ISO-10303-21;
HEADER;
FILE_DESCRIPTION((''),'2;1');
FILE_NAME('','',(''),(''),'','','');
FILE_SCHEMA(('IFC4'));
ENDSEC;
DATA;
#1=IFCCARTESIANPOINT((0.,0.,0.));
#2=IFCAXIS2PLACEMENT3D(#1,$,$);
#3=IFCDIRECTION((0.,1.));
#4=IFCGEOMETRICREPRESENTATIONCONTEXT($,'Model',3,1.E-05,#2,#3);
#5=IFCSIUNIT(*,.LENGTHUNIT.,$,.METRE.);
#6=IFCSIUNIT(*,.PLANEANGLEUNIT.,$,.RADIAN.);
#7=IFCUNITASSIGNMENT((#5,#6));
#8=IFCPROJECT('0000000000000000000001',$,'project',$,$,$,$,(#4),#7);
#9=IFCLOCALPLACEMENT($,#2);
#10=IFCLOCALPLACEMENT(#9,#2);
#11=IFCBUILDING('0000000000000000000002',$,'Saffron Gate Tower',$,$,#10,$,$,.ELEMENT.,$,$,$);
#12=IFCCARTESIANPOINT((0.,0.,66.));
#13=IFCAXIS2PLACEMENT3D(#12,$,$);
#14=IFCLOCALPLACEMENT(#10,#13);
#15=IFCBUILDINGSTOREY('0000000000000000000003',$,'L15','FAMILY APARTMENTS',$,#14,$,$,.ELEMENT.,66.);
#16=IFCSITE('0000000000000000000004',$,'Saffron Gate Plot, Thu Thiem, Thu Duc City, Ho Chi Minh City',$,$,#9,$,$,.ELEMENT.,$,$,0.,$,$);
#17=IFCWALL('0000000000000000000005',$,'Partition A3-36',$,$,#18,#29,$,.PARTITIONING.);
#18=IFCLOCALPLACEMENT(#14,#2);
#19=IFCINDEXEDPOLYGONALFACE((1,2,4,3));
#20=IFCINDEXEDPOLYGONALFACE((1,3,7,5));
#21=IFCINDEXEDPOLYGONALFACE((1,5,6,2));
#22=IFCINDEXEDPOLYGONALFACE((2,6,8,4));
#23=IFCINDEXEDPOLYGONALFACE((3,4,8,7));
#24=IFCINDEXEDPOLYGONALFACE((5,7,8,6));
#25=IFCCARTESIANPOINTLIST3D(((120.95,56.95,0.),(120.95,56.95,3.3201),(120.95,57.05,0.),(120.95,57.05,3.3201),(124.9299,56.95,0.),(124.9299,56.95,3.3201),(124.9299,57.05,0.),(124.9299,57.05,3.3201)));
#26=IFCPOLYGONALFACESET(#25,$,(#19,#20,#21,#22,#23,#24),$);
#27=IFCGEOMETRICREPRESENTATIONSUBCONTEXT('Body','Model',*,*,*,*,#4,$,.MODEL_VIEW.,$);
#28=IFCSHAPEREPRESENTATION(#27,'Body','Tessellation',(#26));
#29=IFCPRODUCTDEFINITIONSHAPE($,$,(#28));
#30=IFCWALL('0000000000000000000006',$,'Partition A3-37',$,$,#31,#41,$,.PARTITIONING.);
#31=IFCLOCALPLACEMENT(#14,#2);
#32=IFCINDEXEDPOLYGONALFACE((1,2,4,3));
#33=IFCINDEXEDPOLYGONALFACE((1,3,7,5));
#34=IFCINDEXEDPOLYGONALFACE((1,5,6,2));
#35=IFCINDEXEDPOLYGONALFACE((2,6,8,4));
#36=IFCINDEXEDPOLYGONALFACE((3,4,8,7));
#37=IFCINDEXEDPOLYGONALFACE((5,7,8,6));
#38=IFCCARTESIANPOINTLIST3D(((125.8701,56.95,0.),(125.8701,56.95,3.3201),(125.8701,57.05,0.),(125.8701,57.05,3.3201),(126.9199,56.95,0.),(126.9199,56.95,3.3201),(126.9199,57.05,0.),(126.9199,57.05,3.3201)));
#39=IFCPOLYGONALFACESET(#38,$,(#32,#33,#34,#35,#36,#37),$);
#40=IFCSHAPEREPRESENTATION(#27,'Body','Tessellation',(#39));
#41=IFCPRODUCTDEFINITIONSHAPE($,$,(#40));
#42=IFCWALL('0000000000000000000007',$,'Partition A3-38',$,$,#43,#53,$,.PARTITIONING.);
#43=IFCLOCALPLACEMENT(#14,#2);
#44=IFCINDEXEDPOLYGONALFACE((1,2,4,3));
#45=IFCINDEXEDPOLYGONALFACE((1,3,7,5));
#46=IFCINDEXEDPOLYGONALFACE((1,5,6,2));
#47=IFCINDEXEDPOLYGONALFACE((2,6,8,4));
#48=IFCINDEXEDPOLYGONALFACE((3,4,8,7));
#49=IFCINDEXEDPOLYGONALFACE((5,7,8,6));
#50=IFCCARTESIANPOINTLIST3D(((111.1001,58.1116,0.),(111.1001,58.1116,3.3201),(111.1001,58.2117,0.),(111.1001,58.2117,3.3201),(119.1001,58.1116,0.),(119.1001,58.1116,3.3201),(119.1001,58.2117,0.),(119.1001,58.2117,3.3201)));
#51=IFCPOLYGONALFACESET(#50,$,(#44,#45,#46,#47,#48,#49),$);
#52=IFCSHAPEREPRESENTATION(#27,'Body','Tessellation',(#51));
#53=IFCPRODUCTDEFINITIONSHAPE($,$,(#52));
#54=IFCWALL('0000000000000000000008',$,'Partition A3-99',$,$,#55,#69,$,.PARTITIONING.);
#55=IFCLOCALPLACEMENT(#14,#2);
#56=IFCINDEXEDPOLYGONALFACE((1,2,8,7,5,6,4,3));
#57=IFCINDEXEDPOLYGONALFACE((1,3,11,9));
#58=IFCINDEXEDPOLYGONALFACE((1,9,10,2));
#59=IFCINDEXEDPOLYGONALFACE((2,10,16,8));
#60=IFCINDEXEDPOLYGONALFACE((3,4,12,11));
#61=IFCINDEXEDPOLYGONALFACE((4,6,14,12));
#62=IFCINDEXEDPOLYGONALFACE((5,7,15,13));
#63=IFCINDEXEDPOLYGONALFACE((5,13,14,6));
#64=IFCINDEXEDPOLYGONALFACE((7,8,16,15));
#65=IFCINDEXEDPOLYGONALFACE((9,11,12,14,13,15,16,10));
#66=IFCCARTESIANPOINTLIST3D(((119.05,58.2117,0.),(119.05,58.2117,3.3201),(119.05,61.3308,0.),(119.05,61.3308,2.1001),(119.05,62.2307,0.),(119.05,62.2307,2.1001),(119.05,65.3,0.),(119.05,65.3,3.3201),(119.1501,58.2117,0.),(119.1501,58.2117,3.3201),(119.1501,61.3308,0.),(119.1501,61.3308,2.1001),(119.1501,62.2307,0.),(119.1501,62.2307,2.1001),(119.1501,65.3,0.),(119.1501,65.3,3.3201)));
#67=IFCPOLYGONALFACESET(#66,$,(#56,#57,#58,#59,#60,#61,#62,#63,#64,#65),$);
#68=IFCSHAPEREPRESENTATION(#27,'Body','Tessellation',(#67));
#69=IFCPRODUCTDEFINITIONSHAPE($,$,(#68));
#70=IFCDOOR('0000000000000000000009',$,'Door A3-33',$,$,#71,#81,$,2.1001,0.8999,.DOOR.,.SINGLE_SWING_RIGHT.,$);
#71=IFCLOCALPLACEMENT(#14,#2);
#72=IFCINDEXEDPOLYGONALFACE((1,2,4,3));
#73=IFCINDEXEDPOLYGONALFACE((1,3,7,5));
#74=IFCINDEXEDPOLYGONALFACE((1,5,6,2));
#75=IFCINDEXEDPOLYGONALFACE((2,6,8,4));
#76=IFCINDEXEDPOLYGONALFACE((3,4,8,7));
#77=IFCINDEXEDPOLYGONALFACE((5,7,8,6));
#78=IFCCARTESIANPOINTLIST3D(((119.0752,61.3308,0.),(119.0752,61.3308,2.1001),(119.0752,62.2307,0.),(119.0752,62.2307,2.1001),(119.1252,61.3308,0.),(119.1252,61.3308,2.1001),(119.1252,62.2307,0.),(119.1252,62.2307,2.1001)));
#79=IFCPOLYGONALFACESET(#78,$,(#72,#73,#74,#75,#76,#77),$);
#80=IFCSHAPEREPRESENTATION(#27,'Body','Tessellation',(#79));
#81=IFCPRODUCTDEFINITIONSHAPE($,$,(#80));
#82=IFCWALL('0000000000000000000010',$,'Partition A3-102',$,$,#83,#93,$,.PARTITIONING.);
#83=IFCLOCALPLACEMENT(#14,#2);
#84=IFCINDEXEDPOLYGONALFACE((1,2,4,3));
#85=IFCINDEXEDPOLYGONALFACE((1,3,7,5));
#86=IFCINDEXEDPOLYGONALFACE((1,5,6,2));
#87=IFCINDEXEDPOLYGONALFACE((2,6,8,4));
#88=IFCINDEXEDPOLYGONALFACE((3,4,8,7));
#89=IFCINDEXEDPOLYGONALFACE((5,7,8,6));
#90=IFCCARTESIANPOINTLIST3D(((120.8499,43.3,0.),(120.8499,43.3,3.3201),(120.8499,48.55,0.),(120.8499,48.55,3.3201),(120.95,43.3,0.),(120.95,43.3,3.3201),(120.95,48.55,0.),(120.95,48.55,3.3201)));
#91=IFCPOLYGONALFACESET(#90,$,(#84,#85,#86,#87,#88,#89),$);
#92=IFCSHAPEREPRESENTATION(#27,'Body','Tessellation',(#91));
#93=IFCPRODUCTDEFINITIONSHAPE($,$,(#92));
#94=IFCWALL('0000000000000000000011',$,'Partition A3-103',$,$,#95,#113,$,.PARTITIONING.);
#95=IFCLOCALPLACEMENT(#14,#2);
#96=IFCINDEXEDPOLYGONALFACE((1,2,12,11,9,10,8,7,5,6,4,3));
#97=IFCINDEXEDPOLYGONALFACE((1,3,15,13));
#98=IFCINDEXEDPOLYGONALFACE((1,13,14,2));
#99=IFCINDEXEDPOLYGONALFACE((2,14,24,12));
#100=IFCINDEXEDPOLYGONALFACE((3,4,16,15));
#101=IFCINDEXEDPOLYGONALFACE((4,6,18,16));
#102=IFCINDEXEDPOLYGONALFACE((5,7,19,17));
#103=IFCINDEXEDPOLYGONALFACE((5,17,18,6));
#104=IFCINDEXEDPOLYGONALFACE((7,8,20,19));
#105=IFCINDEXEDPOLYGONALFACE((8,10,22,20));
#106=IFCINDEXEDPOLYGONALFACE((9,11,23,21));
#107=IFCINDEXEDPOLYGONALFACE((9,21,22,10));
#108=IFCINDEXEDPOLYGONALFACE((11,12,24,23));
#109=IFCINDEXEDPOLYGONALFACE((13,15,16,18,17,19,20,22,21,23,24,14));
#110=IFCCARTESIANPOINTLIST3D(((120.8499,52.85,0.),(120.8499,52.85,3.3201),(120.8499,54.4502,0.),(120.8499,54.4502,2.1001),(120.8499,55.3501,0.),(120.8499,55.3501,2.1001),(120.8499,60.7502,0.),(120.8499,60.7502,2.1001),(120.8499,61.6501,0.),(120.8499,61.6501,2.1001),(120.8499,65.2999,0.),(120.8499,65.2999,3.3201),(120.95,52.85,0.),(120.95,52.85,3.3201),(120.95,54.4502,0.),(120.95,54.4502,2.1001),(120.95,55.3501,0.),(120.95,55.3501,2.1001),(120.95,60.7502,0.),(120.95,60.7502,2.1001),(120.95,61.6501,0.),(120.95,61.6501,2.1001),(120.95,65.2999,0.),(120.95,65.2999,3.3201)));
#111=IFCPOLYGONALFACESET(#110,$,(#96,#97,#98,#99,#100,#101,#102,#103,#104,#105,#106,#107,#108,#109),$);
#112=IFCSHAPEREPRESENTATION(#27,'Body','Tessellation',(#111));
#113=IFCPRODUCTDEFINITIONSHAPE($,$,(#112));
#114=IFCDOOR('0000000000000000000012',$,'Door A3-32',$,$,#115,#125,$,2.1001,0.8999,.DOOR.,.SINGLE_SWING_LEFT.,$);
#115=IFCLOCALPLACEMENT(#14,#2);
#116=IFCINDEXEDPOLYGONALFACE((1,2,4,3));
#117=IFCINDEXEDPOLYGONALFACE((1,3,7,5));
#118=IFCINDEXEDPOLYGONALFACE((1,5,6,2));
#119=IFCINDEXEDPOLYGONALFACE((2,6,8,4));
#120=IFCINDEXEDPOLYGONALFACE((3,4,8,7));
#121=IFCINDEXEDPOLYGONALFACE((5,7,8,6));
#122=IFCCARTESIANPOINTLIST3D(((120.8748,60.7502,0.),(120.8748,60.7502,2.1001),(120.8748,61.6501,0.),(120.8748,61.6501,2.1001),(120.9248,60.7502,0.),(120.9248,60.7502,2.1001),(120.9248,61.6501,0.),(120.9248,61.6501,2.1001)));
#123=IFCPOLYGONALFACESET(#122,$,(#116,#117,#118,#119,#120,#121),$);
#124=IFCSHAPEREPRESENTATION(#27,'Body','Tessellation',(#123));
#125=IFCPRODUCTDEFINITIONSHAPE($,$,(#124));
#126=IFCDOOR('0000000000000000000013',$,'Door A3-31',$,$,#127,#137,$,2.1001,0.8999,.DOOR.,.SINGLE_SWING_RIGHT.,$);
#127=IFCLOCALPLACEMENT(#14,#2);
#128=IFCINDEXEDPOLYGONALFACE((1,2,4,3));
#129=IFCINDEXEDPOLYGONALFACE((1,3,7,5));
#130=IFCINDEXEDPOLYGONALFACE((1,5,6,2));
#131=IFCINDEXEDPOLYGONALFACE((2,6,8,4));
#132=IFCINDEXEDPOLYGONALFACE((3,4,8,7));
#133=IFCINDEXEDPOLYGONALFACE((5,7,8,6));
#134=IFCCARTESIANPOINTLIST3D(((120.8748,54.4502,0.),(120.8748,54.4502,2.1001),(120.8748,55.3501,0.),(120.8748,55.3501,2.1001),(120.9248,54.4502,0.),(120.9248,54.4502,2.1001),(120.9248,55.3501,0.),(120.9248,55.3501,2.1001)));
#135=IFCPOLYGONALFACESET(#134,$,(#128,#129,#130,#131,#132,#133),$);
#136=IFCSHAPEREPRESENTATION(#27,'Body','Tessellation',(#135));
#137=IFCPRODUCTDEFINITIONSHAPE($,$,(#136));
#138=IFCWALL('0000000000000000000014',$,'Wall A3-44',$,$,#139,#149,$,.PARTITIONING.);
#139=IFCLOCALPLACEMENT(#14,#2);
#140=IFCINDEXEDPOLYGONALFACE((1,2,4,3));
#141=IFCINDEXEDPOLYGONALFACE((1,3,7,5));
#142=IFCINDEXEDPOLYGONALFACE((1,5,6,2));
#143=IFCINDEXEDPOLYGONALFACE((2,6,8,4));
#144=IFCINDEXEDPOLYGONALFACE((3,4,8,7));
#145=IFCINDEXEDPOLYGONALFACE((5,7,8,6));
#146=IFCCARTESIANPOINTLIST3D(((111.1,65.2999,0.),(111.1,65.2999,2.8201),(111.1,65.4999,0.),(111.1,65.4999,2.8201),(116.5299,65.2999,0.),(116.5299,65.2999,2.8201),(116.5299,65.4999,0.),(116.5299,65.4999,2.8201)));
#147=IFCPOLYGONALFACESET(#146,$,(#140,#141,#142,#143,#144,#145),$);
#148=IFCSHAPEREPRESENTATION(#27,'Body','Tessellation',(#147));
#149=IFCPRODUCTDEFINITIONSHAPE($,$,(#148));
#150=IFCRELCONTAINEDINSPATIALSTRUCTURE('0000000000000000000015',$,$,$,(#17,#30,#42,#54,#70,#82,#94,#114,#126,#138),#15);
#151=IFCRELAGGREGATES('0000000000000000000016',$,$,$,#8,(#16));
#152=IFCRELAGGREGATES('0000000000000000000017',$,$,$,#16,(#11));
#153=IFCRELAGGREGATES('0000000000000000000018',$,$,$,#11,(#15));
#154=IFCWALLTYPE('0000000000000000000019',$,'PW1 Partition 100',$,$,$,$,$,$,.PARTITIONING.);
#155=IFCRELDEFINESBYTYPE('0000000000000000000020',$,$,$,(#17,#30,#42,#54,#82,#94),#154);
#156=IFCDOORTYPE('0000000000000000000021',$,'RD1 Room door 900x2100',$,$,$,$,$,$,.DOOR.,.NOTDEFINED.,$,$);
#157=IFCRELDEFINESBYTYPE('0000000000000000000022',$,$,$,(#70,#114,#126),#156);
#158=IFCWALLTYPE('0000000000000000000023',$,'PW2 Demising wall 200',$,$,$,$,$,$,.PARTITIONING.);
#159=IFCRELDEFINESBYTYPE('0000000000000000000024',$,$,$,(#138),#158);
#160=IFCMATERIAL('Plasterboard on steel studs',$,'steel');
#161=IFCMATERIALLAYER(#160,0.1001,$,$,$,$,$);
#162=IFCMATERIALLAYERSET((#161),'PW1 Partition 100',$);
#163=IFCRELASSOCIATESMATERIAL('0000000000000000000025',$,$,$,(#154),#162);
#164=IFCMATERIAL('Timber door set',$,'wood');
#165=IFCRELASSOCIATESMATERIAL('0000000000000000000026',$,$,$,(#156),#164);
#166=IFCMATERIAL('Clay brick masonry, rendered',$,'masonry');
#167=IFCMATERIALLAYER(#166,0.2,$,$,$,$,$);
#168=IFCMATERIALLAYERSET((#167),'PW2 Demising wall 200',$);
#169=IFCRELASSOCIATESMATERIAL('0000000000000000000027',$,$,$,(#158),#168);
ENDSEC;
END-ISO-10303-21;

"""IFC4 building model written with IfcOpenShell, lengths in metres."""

from ifc_helpers import new_model, si_unit, direction, frame, frame_2d, origin, place, context, subcontext, project, spatial, rectangle, extrude, material, layer, layer_set, type_object, element, fill, save


model = new_model("IFC4")

# Units and contexts
model_context = context("Model", 3, precision=1e-05, world=origin(), true_north=direction((0.0, 1.0)))
body_context = subcontext(model_context, "Body", "Model", "MODEL_VIEW")
ifc_project = project(units=[si_unit("LENGTHUNIT", "METRE"), si_unit("PLANEANGLEUNIT", "RADIAN")], contexts=[model_context])

# Site, building, storey
site_placement = place(None, origin())
site = spatial("IfcSite", under=ifc_project, at=site_placement, Name="Saffron Gate Plot, Thu Thiem, Thu Duc City, Ho Chi Minh City", CompositionType="ELEMENT", RefElevation=0.0)
building_placement = place(site_placement, origin())
building = spatial("IfcBuilding", under=site, at=building_placement, Name="Saffron Gate Tower", CompositionType="ELEMENT")
storey_placement = place(building_placement, frame((0.0, 0.0, 66.0)))
storey = spatial("IfcBuildingStorey", under=building, at=storey_placement, Name="L15", Description="FAMILY APARTMENTS", CompositionType="ELEMENT", Elevation=66.0)

# Shared definitions
ifc_material_1 = material(Name="Plasterboard on steel studs", Category="steel")
ifc_layer_1 = layer(ifc_material_1, 0.1001)
ifc_layer_set_1 = layer_set([ifc_layer_1], Name="PW1 Partition 100")
wall_type_1 = type_object("IfcWallType", Name="PW1 Partition 100", PredefinedType="PARTITIONING", material=ifc_layer_set_1)
ifc_material_2 = material(Name="Timber door set", Category="wood")
door_type_1 = type_object("IfcDoorType", Name="RD1 Room door 900x2100", OperationType="NOTDEFINED", PredefinedType="DOOR", material=ifc_material_2)

# Walls
wall_1_placement = place(storey_placement, frame((120.95, 57.0, 0.0), z_axis=(0.0, 0.0, 1.0), x_axis=(1.0, 0.0, 0.0)))
element("IfcWall", 1, at=wall_1_placement, inside=storey, type_object=wall_type_1, Name="Partition A3-36", PredefinedType="PARTITIONING", context=body_context, shape_type="SweptSolid", body=[
    extrude(rectangle(XDim=3.98, YDim=0.1001, at=frame_2d((1.99, 0.0))), origin(), (0.0, 0.0, 1.0), 3.3201),
])
wall_2_placement = place(storey_placement, frame((125.8701, 57.0, 0.0), z_axis=(0.0, 0.0, 1.0), x_axis=(1.0, 0.0, 0.0)))
element("IfcWall", 2, at=wall_2_placement, inside=storey, type_object=wall_type_1, Name="Partition A3-37", PredefinedType="PARTITIONING", context=body_context, shape_type="SweptSolid", body=[
    extrude(rectangle(XDim=1.0498, YDim=0.1001, at=frame_2d((0.5249, 0.0))), origin(), (0.0, 0.0, 1.0), 3.3201),
])
wall_3_placement = place(storey_placement, frame((111.1001, 58.1616, 0.0), z_axis=(0.0, 0.0, 1.0), x_axis=(1.0, 0.0, 0.0)))
element("IfcWall", 3, at=wall_3_placement, inside=storey, type_object=wall_type_1, Name="Partition A3-38", PredefinedType="PARTITIONING", context=body_context, shape_type="SweptSolid", body=[
    extrude(rectangle(XDim=8.0, YDim=0.1001, at=frame_2d((4.0, 0.0))), origin(), (0.0, 0.0, 1.0), 3.3201),
])

# Wall, opening, door
wall_4_placement = place(storey_placement, frame((119.1001, 58.2117, 0.0), z_axis=(0.0, 0.0, 1.0), x_axis=(0.0, 1.0, 0.0)))
wall_4 = element("IfcWall", 4, at=wall_4_placement, inside=storey, type_object=wall_type_1, Name="Partition A3-99", PredefinedType="PARTITIONING", context=body_context, shape_type="SweptSolid", body=[
    extrude(rectangle(XDim=7.0884, YDim=0.1001, at=frame_2d((3.5442, 0.0))), origin(), (0.0, 0.0, 1.0), 3.3201),
])
opening_1_placement = place(wall_4_placement, frame((3.1191, 0.0, 0.0)))
opening_1 = element("IfcOpeningElement", 5, at=opening_1_placement, cuts=wall_4, PredefinedType="OPENING", context=body_context, shape_type="SweptSolid", body=[
    extrude(rectangle(XDim=0.8999, YDim=2.1001, at=frame_2d((0.45, 1.05))), frame((0.0, 0.0601, 0.0), z_axis=(0.0, -1.0, 0.0), x_axis=(1.0, 0.0, 0.0)), (0.0, 0.0, 1.0), 0.1201),
])
door_1_placement = place(opening_1_placement, origin())
door_1 = element("IfcDoor", 6, at=door_1_placement, inside=storey, type_object=door_type_1, Name="Door A3-33", OperationType="SINGLE_SWING_RIGHT", OverallHeight=2.1001, OverallWidth=0.8999, PredefinedType="DOOR", context=body_context, shape_type="SweptSolid", body=[
    extrude(rectangle(XDim=0.8999, YDim=2.1001, at=frame_2d((0.45, 1.05))), frame((0.0, 0.0249, 0.0), z_axis=(0.0, -1.0, 0.0), x_axis=(1.0, 0.0, 0.0)), (0.0, 0.0, 1.0), 0.05),
])
fill(opening_1, door_1)

# Wall
wall_5_placement = place(storey_placement, frame((120.8999, 48.55, 0.0), z_axis=(0.0, 0.0, 1.0), x_axis=(0.0, -1.0, 0.0)))
element("IfcWall", 7, at=wall_5_placement, inside=storey, type_object=wall_type_1, Name="Partition A3-102", PredefinedType="PARTITIONING", context=body_context, shape_type="SweptSolid", body=[
    extrude(rectangle(XDim=5.25, YDim=0.1001, at=frame_2d((2.625, 0.0))), origin(), (0.0, 0.0, 1.0), 3.3201),
])

# Wall, openings, doors
wall_6_placement = place(storey_placement, frame((120.8999, 65.3, 0.0), z_axis=(0.0, 0.0, 1.0), x_axis=(0.0, -1.0, 0.0)))
wall_6 = element("IfcWall", 8, at=wall_6_placement, inside=storey, type_object=wall_type_1, Name="Partition A3-103", PredefinedType="PARTITIONING", context=body_context, shape_type="SweptSolid", body=[
    extrude(rectangle(XDim=12.45, YDim=0.1001, at=frame_2d((6.2251, 0.0))), origin(), (0.0, 0.0, 1.0), 3.3201),
])
opening_2_placement = place(wall_6_placement, frame((3.6499, 0.0, 0.0)))
opening_2 = element("IfcOpeningElement", 9, at=opening_2_placement, cuts=wall_6, PredefinedType="OPENING", context=body_context, shape_type="SweptSolid", body=[
    extrude(rectangle(XDim=0.8999, YDim=2.1001, at=frame_2d((0.45, 1.05))), frame((0.0, 0.0601, 0.0), z_axis=(0.0, -1.0, 0.0), x_axis=(1.0, 0.0, 0.0)), (0.0, 0.0, 1.0), 0.1201),
])
opening_3_placement = place(wall_6_placement, frame((9.95, 0.0, 0.0)))
opening_3 = element("IfcOpeningElement", 10, at=opening_3_placement, cuts=wall_6, PredefinedType="OPENING", context=body_context, shape_type="SweptSolid", body=[
    extrude(rectangle(XDim=0.8999, YDim=2.1001, at=frame_2d((0.45, 1.05))), frame((0.0, 0.0601, 0.0), z_axis=(0.0, -1.0, 0.0), x_axis=(1.0, 0.0, 0.0)), (0.0, 0.0, 1.0), 0.1201),
])
door_2_placement = place(opening_2_placement, origin())
door_2 = element("IfcDoor", 11, at=door_2_placement, inside=storey, type_object=door_type_1, Name="Door A3-32", OperationType="SINGLE_SWING_LEFT", OverallHeight=2.1001, OverallWidth=0.8999, PredefinedType="DOOR", context=body_context, shape_type="SweptSolid", body=[
    extrude(rectangle(XDim=0.8999, YDim=2.1001, at=frame_2d((0.45, 1.05))), frame((0.0, 0.0249, 0.0), z_axis=(0.0, -1.0, 0.0), x_axis=(1.0, 0.0, 0.0)), (0.0, 0.0, 1.0), 0.05),
])
fill(opening_2, door_2)
door_3_placement = place(opening_3_placement, origin())
door_3 = element("IfcDoor", 12, at=door_3_placement, inside=storey, type_object=door_type_1, Name="Door A3-31", OperationType="SINGLE_SWING_RIGHT", OverallHeight=2.1001, OverallWidth=0.8999, PredefinedType="DOOR", context=body_context, shape_type="SweptSolid", body=[
    extrude(rectangle(XDim=0.8999, YDim=2.1001, at=frame_2d((0.45, 1.05))), frame((0.0, 0.0249, 0.0), z_axis=(0.0, -1.0, 0.0), x_axis=(1.0, 0.0, 0.0)), (0.0, 0.0, 1.0), 0.05),
])
fill(opening_3, door_3)

# Wall
ifc_material_3 = material(Name="Clay brick masonry, rendered", Category="masonry")
ifc_layer_2 = layer(ifc_material_3, 0.2)
ifc_layer_set_2 = layer_set([ifc_layer_2], Name="PW2 Demising wall 200")
wall_type_2 = type_object("IfcWallType", Name="PW2 Demising wall 200", PredefinedType="PARTITIONING", material=ifc_layer_set_2)
wall_7_placement = place(storey_placement, frame((111.1001, 65.3999, 0.0), z_axis=(0.0, 0.0, 1.0), x_axis=(1.0, 0.0, 0.0)))
element("IfcWall", 13, at=wall_7_placement, inside=storey, type_object=wall_type_2, Name="Wall A3-44", PredefinedType="PARTITIONING", context=body_context, shape_type="SweptSolid", body=[
    extrude(rectangle(XDim=5.4299, YDim=0.2, at=frame_2d((2.7148, 0.0))), origin(), (0.0, 0.0, 1.0), 2.8201),
])

save(model, "model.ifc")
